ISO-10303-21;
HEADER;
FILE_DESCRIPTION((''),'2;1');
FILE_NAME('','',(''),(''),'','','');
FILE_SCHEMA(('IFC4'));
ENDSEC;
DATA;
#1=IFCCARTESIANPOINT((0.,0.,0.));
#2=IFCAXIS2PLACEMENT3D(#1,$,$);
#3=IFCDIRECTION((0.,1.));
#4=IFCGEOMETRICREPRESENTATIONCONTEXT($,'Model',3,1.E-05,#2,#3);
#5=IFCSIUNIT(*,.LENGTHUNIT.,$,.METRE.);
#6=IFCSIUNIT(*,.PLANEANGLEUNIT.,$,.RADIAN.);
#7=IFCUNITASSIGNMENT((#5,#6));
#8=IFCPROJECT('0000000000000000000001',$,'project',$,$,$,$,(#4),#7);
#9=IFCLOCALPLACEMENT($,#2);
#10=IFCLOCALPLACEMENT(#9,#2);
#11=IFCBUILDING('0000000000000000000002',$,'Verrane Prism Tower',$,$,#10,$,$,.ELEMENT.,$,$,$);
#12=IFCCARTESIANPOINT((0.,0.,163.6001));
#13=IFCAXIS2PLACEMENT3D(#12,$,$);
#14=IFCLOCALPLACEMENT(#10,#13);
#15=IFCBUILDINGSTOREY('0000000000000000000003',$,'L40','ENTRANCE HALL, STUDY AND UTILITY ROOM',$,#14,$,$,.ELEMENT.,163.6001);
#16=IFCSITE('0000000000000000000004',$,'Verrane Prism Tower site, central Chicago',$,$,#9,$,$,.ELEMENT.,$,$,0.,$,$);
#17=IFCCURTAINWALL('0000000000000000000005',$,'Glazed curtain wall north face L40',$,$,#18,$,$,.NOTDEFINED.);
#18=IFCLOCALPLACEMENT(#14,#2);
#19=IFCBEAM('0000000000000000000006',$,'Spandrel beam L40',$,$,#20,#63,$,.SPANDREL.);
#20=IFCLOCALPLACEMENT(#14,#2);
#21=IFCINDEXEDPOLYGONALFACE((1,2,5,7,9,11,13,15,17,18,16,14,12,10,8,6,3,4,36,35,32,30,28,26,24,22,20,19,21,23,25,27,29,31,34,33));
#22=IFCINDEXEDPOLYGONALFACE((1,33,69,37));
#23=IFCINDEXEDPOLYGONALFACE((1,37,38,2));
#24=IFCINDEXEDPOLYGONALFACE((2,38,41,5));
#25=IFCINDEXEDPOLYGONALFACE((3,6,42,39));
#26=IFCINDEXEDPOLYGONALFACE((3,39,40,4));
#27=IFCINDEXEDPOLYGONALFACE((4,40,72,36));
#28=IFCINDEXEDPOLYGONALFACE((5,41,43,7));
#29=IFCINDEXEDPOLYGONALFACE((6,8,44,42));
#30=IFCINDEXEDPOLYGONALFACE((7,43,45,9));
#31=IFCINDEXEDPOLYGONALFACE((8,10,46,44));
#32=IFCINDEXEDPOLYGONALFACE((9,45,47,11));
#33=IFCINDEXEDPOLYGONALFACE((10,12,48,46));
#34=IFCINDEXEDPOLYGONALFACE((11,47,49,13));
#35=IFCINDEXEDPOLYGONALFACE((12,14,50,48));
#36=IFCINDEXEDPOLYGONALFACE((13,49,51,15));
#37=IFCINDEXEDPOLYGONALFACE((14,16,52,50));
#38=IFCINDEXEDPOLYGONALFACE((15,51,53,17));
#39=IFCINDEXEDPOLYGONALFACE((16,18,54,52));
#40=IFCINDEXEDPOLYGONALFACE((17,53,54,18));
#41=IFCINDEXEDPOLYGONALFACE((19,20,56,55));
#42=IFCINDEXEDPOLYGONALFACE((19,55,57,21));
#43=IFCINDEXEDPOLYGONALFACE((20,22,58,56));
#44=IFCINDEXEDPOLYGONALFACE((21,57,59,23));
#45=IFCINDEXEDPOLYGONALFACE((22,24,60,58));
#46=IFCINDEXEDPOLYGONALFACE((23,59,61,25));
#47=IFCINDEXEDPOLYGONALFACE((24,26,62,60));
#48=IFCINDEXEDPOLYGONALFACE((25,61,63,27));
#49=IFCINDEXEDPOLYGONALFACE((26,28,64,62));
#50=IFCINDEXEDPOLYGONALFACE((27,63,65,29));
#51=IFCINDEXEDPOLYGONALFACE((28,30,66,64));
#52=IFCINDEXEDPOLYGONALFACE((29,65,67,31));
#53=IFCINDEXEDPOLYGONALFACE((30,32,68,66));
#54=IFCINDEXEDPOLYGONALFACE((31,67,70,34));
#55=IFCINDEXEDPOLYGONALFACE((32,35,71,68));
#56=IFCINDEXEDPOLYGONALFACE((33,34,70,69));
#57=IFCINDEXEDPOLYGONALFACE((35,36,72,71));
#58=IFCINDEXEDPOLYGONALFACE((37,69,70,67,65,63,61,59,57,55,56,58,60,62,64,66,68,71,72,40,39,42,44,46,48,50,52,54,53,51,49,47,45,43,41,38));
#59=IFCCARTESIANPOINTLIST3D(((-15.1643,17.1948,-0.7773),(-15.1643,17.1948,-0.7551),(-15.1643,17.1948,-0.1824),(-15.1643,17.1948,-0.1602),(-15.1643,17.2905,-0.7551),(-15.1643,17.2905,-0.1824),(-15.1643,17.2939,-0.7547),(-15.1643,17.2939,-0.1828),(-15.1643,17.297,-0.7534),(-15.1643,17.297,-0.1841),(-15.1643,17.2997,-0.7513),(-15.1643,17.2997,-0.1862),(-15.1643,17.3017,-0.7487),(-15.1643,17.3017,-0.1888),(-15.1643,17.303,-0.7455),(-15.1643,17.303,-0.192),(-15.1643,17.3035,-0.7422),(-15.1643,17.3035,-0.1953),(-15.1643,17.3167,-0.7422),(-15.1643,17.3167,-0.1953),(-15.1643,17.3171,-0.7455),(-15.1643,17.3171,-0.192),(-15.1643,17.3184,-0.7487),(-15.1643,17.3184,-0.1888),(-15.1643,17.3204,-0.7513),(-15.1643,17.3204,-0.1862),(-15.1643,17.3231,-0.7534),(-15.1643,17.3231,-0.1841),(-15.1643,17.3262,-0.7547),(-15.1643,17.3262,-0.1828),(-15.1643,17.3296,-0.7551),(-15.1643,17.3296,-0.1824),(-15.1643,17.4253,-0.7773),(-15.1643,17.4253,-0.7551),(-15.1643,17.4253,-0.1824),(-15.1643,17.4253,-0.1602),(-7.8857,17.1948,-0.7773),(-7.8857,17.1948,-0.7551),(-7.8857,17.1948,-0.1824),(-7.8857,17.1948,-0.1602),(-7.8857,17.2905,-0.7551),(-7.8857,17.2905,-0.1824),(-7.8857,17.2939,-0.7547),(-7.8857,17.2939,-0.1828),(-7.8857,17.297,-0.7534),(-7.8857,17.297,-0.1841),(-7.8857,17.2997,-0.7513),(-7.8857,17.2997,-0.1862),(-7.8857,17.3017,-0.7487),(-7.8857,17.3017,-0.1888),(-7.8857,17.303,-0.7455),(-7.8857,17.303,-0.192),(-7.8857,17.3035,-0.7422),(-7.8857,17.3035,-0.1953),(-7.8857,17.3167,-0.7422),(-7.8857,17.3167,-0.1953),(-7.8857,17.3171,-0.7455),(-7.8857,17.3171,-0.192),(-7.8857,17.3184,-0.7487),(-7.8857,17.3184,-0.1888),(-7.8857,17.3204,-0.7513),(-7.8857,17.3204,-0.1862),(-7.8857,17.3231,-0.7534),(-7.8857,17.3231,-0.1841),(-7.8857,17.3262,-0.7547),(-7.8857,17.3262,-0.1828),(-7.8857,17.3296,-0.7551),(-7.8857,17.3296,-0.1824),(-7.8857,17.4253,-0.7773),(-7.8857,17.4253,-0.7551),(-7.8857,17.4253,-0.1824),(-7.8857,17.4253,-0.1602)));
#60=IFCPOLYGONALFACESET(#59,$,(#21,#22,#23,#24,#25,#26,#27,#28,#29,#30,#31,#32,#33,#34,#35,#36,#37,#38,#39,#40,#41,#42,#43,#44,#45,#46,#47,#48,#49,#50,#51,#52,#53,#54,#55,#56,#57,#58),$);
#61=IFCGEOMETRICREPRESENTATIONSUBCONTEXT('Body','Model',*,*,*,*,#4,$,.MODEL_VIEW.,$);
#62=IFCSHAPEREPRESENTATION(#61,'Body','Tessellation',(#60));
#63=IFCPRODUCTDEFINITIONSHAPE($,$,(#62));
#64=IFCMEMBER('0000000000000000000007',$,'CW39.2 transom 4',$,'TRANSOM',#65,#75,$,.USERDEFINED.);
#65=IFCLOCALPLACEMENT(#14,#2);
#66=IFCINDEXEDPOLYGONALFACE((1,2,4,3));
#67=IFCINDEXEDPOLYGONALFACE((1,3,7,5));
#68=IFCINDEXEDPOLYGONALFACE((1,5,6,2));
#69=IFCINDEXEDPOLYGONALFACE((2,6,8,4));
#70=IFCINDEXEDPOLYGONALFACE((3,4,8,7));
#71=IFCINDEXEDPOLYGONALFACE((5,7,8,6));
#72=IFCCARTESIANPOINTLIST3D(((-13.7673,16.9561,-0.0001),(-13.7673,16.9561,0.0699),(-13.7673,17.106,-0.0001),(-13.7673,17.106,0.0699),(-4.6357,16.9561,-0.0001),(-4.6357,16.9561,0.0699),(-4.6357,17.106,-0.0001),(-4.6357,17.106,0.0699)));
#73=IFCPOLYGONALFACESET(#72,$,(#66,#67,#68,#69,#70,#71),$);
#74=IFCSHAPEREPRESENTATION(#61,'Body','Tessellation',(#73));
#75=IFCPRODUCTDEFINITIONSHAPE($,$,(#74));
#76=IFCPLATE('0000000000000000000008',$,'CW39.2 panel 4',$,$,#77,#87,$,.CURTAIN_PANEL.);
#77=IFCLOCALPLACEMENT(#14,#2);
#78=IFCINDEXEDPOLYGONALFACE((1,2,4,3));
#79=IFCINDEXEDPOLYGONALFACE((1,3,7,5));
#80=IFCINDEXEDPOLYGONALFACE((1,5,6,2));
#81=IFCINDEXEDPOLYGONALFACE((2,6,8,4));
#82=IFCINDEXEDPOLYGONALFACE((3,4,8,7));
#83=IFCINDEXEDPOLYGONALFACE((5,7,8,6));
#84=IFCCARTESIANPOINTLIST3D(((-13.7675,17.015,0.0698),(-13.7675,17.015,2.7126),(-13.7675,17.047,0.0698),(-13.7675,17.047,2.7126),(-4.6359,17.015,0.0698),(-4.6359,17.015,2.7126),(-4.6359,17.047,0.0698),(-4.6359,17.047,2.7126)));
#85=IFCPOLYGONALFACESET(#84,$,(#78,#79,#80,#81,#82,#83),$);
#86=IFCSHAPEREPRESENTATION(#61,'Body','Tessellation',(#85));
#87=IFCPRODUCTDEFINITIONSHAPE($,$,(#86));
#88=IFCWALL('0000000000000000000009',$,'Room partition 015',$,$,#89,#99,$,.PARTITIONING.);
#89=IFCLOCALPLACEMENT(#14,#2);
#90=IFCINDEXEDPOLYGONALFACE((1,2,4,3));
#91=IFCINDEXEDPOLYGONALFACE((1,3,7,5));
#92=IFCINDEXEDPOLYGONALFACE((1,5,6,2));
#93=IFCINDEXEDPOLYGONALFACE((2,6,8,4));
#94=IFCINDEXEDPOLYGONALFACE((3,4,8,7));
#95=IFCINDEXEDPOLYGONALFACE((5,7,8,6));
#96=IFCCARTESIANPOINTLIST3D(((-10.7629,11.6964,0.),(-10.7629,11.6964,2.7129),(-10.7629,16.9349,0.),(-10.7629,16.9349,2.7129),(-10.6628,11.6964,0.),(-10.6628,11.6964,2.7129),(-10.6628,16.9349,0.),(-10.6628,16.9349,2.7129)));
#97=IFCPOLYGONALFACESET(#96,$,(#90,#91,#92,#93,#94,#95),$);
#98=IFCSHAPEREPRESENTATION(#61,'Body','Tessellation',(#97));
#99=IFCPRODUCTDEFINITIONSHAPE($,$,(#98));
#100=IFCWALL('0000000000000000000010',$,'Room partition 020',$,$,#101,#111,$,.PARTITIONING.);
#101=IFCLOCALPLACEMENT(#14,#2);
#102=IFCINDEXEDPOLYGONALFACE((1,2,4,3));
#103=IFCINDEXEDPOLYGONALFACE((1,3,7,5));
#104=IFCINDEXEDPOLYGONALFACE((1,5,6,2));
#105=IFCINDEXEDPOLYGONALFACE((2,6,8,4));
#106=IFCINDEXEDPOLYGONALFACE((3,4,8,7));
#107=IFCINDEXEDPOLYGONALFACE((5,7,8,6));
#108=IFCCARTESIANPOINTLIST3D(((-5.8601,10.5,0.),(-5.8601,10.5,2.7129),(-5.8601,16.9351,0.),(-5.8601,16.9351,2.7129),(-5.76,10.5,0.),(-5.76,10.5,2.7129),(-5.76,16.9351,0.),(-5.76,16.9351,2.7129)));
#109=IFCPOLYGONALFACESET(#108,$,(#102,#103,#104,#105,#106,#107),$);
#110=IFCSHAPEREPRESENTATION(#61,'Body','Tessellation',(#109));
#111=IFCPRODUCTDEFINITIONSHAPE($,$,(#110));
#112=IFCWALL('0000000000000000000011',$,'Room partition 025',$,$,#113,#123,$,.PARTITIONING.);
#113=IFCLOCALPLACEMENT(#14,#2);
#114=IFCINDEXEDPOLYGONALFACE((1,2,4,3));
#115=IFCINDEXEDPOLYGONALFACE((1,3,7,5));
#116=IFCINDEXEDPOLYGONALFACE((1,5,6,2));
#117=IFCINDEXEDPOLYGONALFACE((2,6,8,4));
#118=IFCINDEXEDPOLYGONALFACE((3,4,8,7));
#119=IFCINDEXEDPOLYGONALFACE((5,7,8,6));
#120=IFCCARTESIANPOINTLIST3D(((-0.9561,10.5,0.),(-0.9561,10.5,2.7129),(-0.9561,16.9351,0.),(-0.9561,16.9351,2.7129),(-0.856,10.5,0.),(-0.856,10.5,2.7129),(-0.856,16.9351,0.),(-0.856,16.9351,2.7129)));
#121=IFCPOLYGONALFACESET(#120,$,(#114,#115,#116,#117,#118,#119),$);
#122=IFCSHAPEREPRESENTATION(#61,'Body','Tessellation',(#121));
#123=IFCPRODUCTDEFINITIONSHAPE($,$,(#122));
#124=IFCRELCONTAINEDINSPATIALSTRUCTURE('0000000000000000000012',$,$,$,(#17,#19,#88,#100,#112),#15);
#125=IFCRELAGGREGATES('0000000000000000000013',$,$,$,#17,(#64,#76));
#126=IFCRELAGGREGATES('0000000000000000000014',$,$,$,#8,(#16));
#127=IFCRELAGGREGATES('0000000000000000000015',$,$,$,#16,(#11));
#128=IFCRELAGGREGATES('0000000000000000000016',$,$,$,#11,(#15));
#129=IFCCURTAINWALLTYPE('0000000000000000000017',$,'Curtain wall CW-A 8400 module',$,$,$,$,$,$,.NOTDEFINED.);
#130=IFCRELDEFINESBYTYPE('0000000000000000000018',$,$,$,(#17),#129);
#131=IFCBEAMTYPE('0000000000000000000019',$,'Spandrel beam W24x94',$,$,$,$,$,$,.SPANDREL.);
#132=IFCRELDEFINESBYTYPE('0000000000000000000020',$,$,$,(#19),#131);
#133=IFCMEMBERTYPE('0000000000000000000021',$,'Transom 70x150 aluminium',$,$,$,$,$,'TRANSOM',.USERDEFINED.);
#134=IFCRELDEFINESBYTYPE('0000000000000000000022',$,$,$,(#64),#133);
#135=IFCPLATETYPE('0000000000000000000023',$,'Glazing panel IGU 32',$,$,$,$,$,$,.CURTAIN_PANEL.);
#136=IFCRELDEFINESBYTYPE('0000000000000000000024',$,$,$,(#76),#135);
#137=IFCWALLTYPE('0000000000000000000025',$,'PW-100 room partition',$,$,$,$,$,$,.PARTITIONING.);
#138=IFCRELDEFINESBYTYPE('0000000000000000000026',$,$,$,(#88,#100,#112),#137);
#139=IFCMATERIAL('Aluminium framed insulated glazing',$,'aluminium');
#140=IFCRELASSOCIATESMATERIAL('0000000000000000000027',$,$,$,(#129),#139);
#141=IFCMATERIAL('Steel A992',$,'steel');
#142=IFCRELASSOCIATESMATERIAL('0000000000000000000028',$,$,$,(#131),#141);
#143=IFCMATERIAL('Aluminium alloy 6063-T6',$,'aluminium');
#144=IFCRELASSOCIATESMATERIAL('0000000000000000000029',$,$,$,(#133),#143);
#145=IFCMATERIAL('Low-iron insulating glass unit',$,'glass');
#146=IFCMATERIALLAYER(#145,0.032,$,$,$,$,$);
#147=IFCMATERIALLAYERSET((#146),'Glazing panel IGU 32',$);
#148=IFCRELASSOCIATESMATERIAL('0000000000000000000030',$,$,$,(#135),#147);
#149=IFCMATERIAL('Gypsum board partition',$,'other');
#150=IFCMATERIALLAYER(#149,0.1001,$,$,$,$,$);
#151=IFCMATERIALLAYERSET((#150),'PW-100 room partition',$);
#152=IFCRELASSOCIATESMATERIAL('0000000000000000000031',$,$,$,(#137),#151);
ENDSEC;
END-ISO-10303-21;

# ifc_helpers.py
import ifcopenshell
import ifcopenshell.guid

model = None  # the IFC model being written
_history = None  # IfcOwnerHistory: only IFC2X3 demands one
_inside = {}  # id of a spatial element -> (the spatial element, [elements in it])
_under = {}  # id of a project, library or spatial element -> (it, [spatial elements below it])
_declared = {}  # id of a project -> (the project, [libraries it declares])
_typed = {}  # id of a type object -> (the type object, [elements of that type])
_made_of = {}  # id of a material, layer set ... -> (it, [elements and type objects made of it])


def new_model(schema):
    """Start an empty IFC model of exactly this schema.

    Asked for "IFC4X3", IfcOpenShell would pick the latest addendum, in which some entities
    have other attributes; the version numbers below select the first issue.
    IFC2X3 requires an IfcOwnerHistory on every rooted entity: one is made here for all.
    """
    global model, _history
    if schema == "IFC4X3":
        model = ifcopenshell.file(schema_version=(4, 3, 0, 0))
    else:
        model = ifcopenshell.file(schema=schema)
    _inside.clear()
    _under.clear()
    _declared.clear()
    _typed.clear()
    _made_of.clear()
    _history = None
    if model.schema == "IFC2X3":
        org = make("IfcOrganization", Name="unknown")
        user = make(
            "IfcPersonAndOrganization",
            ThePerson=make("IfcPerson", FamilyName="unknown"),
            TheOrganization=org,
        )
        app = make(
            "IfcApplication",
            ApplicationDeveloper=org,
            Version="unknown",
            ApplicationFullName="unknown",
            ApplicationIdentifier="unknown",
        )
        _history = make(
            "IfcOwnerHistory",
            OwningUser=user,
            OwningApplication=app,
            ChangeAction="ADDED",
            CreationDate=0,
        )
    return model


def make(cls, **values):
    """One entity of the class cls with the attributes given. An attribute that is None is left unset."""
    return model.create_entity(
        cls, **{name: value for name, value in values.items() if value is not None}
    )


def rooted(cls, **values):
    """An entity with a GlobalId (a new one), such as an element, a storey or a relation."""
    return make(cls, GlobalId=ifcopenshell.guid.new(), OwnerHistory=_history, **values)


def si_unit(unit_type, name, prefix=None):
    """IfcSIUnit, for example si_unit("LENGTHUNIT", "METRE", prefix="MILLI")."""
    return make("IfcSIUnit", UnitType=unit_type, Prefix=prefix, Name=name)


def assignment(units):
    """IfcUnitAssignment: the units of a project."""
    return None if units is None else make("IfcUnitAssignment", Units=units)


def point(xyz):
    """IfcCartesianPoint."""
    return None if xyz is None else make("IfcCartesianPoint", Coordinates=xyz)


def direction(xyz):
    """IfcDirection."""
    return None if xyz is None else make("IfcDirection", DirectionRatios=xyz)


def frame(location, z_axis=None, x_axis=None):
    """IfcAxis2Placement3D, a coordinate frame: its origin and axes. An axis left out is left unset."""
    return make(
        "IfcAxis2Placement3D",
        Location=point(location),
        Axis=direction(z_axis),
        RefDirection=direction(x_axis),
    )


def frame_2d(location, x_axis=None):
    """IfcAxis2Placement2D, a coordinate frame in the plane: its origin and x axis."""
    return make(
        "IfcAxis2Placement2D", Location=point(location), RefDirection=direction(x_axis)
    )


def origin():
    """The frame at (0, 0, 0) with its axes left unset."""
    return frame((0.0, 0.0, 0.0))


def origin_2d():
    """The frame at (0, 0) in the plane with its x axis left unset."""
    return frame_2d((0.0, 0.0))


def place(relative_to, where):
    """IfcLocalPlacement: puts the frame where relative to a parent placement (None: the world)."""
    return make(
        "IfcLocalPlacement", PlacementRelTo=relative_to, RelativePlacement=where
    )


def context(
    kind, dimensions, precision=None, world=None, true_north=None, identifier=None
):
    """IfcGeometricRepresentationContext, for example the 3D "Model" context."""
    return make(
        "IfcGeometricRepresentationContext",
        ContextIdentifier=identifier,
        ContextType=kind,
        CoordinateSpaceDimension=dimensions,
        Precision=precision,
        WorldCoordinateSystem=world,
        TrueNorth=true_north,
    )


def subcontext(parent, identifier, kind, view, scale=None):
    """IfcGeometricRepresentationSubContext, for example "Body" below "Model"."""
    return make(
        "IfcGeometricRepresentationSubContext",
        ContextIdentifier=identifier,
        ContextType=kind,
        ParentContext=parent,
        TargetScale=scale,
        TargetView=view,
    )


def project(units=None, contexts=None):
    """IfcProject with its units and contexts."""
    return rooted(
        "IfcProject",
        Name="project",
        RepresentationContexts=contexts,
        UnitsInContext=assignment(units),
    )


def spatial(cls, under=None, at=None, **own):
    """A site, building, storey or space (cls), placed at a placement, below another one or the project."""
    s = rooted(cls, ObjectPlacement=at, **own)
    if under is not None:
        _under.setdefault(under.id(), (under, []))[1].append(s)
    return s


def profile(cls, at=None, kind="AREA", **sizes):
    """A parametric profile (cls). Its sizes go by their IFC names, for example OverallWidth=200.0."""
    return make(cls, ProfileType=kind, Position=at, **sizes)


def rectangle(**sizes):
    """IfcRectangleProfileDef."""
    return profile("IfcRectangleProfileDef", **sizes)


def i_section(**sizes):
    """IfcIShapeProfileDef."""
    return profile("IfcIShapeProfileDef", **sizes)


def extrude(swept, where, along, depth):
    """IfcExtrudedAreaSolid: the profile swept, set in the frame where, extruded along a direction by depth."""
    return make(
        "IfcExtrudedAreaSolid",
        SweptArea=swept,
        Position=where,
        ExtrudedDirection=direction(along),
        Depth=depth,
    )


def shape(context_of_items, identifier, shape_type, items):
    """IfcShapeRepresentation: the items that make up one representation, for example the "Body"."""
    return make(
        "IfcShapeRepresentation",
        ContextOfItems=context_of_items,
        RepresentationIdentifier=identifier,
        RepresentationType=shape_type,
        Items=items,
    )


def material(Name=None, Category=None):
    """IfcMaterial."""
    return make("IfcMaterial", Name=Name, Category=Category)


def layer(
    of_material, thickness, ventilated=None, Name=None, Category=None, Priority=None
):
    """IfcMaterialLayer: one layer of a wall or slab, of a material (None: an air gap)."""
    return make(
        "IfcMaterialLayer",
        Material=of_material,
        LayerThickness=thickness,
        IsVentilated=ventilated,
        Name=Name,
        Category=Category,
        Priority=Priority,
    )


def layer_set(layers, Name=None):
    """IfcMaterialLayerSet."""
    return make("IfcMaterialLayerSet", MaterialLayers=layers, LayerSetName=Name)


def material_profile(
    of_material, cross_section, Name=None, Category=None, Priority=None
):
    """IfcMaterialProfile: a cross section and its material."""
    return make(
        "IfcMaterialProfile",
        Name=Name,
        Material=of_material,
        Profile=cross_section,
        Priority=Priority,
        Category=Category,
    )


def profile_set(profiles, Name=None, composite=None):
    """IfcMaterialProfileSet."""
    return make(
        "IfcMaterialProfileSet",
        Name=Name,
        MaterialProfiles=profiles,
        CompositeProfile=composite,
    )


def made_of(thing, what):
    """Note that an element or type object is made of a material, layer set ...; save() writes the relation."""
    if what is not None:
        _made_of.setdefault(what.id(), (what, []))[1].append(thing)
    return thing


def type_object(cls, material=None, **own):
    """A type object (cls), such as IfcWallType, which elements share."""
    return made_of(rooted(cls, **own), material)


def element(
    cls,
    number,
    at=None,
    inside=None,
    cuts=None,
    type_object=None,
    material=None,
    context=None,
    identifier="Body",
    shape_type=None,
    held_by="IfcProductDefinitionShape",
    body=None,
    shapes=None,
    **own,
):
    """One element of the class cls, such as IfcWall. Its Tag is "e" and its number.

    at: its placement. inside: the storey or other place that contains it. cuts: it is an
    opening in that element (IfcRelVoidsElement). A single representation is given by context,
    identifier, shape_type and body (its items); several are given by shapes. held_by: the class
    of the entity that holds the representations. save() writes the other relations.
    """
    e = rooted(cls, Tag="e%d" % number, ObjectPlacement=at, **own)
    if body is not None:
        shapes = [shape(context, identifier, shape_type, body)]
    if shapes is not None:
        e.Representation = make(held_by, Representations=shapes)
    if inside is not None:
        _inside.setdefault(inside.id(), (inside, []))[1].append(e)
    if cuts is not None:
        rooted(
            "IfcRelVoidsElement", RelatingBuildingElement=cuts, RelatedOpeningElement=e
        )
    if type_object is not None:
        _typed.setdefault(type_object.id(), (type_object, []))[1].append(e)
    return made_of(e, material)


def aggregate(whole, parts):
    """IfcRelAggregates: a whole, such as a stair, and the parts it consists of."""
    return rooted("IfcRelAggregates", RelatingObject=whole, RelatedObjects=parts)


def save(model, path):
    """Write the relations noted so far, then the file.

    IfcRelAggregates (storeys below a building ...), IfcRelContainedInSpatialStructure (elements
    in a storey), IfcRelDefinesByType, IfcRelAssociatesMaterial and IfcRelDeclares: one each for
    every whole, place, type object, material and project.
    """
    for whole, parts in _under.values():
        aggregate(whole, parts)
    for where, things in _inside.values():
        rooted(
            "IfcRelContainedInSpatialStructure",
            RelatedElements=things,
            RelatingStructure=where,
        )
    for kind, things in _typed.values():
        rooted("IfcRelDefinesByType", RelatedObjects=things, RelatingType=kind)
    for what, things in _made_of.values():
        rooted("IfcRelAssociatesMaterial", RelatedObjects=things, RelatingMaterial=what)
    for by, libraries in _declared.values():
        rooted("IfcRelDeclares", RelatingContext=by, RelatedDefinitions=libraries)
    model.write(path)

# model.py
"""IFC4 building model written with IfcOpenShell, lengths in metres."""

from ifc_helpers import new_model, si_unit, direction, frame, frame_2d, origin, origin_2d, place, context, subcontext, project, spatial, rectangle, i_section, extrude, material, layer, layer_set, material_profile, profile_set, type_object, element, aggregate, save


model = new_model("IFC4")

# Units and contexts
model_context = context("Model", 3, precision=1e-05, world=origin(), true_north=direction((0.0, 1.0)))
body_context = subcontext(model_context, "Body", "Model", "MODEL_VIEW")
ifc_project = project(units=[si_unit("LENGTHUNIT", "METRE"), si_unit("PLANEANGLEUNIT", "RADIAN")], contexts=[model_context])

# Site, building, storey
site_placement = place(None, origin())
site = spatial("IfcSite", under=ifc_project, at=site_placement, Name="Verrane Prism Tower site, central Chicago", CompositionType="ELEMENT", RefElevation=0.0)
building_placement = place(site_placement, origin())
building = spatial("IfcBuilding", under=site, at=building_placement, Name="Verrane Prism Tower", CompositionType="ELEMENT")
storey_placement = place(building_placement, frame((0.0, 0.0, 163.6001)))
storey = spatial("IfcBuildingStorey", under=building, at=storey_placement, Name="L40", Description="ENTRANCE HALL, STUDY AND UTILITY ROOM", CompositionType="ELEMENT", Elevation=163.6001)

# Curtain wall
ifc_material_1 = material(Name="Aluminium framed insulated glazing", Category="aluminium")
curtain_wall_type = type_object("IfcCurtainWallType", Name="Curtain wall CW-A 8400 module", PredefinedType="NOTDEFINED", material=ifc_material_1)
curtain_wall_placement = place(storey_placement, origin())
curtain_wall = element("IfcCurtainWall", 1, at=curtain_wall_placement, inside=storey, type_object=curtain_wall_type, Name="Glazed curtain wall north face L40", PredefinedType="NOTDEFINED")

# Beam
ifc_material_2 = material(Name="Steel A992", Category="steel")
ifc_material_profile_1 = material_profile(ifc_material_2, i_section(OverallWidth=0.2305, OverallDepth=0.6172, WebThickness=0.0132, FlangeThickness=0.0222, FilletRadius=0.0129, at=origin_2d()), Name="W24x94")
ifc_profile_set_1 = profile_set([ifc_material_profile_1], Name="Steel A992")
beam_type_1 = type_object("IfcBeamType", Name="Spandrel beam W24x94", PredefinedType="SPANDREL", material=ifc_profile_set_1)
beam_1_placement = place(storey_placement, frame((-7.8857, 17.3101, -0.4688), z_axis=(-1.0, 0.0, 0.0), x_axis=(0.0, -1.0, 0.0)))
element("IfcBeam", 2, at=beam_1_placement, inside=storey, type_object=beam_type_1, Name="Spandrel beam L40", PredefinedType="SPANDREL", context=body_context, shape_type="SweptSolid", body=[
    extrude(i_section(OverallWidth=0.2305, OverallDepth=0.6172, WebThickness=0.0132, FlangeThickness=0.0222, FilletRadius=0.0129, at=origin_2d()), origin(), (0.0, 0.0, 1.0), 7.2786),
])

# Member
ifc_material_3 = material(Name="Aluminium alloy 6063-T6", Category="aluminium")
ifc_material_profile_2 = material_profile(ifc_material_3, rectangle(XDim=0.1499, YDim=0.0701, at=origin_2d()), Name="Transom 70x150 aluminium")
ifc_profile_set_2 = profile_set([ifc_material_profile_2], Name="Aluminium alloy 6063-T6")
member_type_1 = type_object("IfcMemberType", Name="Transom 70x150 aluminium", ElementType="TRANSOM", PredefinedType="USERDEFINED", material=ifc_profile_set_2)
member_1_placement = place(storey_placement, frame((-4.6357, 17.031, 0.0349), z_axis=(-1.0, 0.0, 0.0), x_axis=(0.0, -1.0, 0.0)))
member_1 = element("IfcMember", 3, at=member_1_placement, type_object=member_type_1, Name="CW39.2 transom 4", ObjectType="TRANSOM", PredefinedType="USERDEFINED", context=body_context, shape_type="SweptSolid", body=[
    extrude(rectangle(XDim=0.1499, YDim=0.0701, at=origin_2d()), origin(), (0.0, 0.0, 1.0), 9.1316),
])

# Plate
ifc_material_4 = material(Name="Low-iron insulating glass unit", Category="glass")
ifc_layer_1 = layer(ifc_material_4, 0.032)
ifc_layer_set_1 = layer_set([ifc_layer_1], Name="Glazing panel IGU 32")
plate_type = type_object("IfcPlateType", Name="Glazing panel IGU 32", PredefinedType="CURTAIN_PANEL", material=ifc_layer_set_1)
plate_placement = place(storey_placement, frame((-9.2017, 17.031, 0.0698), z_axis=(0.0, 0.0, 1.0), x_axis=(-1.0, 0.0, 0.0)))
plate = element("IfcPlate", 4, at=plate_placement, type_object=plate_type, Name="CW39.2 panel 4", PredefinedType="CURTAIN_PANEL", context=body_context, shape_type="SweptSolid", body=[
    extrude(rectangle(XDim=9.1316, YDim=0.032, at=origin_2d()), origin(), (0.0, 0.0, 1.0), 2.6428),
])
aggregate(curtain_wall, [member_1, plate])

# Walls
ifc_material_5 = material(Name="Gypsum board partition", Category="other")
ifc_layer_2 = layer(ifc_material_5, 0.1001)
ifc_layer_set_2 = layer_set([ifc_layer_2], Name="PW-100 room partition")
wall_type_1 = type_object("IfcWallType", Name="PW-100 room partition", PredefinedType="PARTITIONING", material=ifc_layer_set_2)
wall_1_placement = place(storey_placement, frame((-10.7129, 11.6965, 0.0), z_axis=(0.0, 0.0, 1.0), x_axis=(0.0, 1.0, 0.0)))
element("IfcWall", 5, at=wall_1_placement, inside=storey, type_object=wall_type_1, Name="Room partition 015", PredefinedType="PARTITIONING", context=body_context, shape_type="SweptSolid", body=[
    extrude(rectangle(XDim=5.2385, YDim=0.1001, at=frame_2d((2.6191, 0.0))), origin(), (0.0, 0.0, 1.0), 2.7129),
])
for number, where, z_axis, x_axis, name in (
    (6, (-5.8101, 10.5, 0.0), (0.0, 0.0, 1.0), (0.0, 1.0, 0.0), "Room partition 020"),
    (7, (-0.906, 10.5, 0.0), (0.0, 0.0, 1.0), (0.0, 1.0, 0.0), "Room partition 025"),
):
    element("IfcWall", number, at=place(storey_placement, frame(where, z_axis=z_axis, x_axis=x_axis)), inside=storey, type_object=wall_type_1, Name=name, PredefinedType="PARTITIONING", context=body_context, shape_type="SweptSolid", body=[
        extrude(rectangle(XDim=6.4351, YDim=0.1001, at=frame_2d((3.2175, 0.0))), origin(), (0.0, 0.0, 1.0), 2.7129),
    ])

save(model, "model.ifc")
